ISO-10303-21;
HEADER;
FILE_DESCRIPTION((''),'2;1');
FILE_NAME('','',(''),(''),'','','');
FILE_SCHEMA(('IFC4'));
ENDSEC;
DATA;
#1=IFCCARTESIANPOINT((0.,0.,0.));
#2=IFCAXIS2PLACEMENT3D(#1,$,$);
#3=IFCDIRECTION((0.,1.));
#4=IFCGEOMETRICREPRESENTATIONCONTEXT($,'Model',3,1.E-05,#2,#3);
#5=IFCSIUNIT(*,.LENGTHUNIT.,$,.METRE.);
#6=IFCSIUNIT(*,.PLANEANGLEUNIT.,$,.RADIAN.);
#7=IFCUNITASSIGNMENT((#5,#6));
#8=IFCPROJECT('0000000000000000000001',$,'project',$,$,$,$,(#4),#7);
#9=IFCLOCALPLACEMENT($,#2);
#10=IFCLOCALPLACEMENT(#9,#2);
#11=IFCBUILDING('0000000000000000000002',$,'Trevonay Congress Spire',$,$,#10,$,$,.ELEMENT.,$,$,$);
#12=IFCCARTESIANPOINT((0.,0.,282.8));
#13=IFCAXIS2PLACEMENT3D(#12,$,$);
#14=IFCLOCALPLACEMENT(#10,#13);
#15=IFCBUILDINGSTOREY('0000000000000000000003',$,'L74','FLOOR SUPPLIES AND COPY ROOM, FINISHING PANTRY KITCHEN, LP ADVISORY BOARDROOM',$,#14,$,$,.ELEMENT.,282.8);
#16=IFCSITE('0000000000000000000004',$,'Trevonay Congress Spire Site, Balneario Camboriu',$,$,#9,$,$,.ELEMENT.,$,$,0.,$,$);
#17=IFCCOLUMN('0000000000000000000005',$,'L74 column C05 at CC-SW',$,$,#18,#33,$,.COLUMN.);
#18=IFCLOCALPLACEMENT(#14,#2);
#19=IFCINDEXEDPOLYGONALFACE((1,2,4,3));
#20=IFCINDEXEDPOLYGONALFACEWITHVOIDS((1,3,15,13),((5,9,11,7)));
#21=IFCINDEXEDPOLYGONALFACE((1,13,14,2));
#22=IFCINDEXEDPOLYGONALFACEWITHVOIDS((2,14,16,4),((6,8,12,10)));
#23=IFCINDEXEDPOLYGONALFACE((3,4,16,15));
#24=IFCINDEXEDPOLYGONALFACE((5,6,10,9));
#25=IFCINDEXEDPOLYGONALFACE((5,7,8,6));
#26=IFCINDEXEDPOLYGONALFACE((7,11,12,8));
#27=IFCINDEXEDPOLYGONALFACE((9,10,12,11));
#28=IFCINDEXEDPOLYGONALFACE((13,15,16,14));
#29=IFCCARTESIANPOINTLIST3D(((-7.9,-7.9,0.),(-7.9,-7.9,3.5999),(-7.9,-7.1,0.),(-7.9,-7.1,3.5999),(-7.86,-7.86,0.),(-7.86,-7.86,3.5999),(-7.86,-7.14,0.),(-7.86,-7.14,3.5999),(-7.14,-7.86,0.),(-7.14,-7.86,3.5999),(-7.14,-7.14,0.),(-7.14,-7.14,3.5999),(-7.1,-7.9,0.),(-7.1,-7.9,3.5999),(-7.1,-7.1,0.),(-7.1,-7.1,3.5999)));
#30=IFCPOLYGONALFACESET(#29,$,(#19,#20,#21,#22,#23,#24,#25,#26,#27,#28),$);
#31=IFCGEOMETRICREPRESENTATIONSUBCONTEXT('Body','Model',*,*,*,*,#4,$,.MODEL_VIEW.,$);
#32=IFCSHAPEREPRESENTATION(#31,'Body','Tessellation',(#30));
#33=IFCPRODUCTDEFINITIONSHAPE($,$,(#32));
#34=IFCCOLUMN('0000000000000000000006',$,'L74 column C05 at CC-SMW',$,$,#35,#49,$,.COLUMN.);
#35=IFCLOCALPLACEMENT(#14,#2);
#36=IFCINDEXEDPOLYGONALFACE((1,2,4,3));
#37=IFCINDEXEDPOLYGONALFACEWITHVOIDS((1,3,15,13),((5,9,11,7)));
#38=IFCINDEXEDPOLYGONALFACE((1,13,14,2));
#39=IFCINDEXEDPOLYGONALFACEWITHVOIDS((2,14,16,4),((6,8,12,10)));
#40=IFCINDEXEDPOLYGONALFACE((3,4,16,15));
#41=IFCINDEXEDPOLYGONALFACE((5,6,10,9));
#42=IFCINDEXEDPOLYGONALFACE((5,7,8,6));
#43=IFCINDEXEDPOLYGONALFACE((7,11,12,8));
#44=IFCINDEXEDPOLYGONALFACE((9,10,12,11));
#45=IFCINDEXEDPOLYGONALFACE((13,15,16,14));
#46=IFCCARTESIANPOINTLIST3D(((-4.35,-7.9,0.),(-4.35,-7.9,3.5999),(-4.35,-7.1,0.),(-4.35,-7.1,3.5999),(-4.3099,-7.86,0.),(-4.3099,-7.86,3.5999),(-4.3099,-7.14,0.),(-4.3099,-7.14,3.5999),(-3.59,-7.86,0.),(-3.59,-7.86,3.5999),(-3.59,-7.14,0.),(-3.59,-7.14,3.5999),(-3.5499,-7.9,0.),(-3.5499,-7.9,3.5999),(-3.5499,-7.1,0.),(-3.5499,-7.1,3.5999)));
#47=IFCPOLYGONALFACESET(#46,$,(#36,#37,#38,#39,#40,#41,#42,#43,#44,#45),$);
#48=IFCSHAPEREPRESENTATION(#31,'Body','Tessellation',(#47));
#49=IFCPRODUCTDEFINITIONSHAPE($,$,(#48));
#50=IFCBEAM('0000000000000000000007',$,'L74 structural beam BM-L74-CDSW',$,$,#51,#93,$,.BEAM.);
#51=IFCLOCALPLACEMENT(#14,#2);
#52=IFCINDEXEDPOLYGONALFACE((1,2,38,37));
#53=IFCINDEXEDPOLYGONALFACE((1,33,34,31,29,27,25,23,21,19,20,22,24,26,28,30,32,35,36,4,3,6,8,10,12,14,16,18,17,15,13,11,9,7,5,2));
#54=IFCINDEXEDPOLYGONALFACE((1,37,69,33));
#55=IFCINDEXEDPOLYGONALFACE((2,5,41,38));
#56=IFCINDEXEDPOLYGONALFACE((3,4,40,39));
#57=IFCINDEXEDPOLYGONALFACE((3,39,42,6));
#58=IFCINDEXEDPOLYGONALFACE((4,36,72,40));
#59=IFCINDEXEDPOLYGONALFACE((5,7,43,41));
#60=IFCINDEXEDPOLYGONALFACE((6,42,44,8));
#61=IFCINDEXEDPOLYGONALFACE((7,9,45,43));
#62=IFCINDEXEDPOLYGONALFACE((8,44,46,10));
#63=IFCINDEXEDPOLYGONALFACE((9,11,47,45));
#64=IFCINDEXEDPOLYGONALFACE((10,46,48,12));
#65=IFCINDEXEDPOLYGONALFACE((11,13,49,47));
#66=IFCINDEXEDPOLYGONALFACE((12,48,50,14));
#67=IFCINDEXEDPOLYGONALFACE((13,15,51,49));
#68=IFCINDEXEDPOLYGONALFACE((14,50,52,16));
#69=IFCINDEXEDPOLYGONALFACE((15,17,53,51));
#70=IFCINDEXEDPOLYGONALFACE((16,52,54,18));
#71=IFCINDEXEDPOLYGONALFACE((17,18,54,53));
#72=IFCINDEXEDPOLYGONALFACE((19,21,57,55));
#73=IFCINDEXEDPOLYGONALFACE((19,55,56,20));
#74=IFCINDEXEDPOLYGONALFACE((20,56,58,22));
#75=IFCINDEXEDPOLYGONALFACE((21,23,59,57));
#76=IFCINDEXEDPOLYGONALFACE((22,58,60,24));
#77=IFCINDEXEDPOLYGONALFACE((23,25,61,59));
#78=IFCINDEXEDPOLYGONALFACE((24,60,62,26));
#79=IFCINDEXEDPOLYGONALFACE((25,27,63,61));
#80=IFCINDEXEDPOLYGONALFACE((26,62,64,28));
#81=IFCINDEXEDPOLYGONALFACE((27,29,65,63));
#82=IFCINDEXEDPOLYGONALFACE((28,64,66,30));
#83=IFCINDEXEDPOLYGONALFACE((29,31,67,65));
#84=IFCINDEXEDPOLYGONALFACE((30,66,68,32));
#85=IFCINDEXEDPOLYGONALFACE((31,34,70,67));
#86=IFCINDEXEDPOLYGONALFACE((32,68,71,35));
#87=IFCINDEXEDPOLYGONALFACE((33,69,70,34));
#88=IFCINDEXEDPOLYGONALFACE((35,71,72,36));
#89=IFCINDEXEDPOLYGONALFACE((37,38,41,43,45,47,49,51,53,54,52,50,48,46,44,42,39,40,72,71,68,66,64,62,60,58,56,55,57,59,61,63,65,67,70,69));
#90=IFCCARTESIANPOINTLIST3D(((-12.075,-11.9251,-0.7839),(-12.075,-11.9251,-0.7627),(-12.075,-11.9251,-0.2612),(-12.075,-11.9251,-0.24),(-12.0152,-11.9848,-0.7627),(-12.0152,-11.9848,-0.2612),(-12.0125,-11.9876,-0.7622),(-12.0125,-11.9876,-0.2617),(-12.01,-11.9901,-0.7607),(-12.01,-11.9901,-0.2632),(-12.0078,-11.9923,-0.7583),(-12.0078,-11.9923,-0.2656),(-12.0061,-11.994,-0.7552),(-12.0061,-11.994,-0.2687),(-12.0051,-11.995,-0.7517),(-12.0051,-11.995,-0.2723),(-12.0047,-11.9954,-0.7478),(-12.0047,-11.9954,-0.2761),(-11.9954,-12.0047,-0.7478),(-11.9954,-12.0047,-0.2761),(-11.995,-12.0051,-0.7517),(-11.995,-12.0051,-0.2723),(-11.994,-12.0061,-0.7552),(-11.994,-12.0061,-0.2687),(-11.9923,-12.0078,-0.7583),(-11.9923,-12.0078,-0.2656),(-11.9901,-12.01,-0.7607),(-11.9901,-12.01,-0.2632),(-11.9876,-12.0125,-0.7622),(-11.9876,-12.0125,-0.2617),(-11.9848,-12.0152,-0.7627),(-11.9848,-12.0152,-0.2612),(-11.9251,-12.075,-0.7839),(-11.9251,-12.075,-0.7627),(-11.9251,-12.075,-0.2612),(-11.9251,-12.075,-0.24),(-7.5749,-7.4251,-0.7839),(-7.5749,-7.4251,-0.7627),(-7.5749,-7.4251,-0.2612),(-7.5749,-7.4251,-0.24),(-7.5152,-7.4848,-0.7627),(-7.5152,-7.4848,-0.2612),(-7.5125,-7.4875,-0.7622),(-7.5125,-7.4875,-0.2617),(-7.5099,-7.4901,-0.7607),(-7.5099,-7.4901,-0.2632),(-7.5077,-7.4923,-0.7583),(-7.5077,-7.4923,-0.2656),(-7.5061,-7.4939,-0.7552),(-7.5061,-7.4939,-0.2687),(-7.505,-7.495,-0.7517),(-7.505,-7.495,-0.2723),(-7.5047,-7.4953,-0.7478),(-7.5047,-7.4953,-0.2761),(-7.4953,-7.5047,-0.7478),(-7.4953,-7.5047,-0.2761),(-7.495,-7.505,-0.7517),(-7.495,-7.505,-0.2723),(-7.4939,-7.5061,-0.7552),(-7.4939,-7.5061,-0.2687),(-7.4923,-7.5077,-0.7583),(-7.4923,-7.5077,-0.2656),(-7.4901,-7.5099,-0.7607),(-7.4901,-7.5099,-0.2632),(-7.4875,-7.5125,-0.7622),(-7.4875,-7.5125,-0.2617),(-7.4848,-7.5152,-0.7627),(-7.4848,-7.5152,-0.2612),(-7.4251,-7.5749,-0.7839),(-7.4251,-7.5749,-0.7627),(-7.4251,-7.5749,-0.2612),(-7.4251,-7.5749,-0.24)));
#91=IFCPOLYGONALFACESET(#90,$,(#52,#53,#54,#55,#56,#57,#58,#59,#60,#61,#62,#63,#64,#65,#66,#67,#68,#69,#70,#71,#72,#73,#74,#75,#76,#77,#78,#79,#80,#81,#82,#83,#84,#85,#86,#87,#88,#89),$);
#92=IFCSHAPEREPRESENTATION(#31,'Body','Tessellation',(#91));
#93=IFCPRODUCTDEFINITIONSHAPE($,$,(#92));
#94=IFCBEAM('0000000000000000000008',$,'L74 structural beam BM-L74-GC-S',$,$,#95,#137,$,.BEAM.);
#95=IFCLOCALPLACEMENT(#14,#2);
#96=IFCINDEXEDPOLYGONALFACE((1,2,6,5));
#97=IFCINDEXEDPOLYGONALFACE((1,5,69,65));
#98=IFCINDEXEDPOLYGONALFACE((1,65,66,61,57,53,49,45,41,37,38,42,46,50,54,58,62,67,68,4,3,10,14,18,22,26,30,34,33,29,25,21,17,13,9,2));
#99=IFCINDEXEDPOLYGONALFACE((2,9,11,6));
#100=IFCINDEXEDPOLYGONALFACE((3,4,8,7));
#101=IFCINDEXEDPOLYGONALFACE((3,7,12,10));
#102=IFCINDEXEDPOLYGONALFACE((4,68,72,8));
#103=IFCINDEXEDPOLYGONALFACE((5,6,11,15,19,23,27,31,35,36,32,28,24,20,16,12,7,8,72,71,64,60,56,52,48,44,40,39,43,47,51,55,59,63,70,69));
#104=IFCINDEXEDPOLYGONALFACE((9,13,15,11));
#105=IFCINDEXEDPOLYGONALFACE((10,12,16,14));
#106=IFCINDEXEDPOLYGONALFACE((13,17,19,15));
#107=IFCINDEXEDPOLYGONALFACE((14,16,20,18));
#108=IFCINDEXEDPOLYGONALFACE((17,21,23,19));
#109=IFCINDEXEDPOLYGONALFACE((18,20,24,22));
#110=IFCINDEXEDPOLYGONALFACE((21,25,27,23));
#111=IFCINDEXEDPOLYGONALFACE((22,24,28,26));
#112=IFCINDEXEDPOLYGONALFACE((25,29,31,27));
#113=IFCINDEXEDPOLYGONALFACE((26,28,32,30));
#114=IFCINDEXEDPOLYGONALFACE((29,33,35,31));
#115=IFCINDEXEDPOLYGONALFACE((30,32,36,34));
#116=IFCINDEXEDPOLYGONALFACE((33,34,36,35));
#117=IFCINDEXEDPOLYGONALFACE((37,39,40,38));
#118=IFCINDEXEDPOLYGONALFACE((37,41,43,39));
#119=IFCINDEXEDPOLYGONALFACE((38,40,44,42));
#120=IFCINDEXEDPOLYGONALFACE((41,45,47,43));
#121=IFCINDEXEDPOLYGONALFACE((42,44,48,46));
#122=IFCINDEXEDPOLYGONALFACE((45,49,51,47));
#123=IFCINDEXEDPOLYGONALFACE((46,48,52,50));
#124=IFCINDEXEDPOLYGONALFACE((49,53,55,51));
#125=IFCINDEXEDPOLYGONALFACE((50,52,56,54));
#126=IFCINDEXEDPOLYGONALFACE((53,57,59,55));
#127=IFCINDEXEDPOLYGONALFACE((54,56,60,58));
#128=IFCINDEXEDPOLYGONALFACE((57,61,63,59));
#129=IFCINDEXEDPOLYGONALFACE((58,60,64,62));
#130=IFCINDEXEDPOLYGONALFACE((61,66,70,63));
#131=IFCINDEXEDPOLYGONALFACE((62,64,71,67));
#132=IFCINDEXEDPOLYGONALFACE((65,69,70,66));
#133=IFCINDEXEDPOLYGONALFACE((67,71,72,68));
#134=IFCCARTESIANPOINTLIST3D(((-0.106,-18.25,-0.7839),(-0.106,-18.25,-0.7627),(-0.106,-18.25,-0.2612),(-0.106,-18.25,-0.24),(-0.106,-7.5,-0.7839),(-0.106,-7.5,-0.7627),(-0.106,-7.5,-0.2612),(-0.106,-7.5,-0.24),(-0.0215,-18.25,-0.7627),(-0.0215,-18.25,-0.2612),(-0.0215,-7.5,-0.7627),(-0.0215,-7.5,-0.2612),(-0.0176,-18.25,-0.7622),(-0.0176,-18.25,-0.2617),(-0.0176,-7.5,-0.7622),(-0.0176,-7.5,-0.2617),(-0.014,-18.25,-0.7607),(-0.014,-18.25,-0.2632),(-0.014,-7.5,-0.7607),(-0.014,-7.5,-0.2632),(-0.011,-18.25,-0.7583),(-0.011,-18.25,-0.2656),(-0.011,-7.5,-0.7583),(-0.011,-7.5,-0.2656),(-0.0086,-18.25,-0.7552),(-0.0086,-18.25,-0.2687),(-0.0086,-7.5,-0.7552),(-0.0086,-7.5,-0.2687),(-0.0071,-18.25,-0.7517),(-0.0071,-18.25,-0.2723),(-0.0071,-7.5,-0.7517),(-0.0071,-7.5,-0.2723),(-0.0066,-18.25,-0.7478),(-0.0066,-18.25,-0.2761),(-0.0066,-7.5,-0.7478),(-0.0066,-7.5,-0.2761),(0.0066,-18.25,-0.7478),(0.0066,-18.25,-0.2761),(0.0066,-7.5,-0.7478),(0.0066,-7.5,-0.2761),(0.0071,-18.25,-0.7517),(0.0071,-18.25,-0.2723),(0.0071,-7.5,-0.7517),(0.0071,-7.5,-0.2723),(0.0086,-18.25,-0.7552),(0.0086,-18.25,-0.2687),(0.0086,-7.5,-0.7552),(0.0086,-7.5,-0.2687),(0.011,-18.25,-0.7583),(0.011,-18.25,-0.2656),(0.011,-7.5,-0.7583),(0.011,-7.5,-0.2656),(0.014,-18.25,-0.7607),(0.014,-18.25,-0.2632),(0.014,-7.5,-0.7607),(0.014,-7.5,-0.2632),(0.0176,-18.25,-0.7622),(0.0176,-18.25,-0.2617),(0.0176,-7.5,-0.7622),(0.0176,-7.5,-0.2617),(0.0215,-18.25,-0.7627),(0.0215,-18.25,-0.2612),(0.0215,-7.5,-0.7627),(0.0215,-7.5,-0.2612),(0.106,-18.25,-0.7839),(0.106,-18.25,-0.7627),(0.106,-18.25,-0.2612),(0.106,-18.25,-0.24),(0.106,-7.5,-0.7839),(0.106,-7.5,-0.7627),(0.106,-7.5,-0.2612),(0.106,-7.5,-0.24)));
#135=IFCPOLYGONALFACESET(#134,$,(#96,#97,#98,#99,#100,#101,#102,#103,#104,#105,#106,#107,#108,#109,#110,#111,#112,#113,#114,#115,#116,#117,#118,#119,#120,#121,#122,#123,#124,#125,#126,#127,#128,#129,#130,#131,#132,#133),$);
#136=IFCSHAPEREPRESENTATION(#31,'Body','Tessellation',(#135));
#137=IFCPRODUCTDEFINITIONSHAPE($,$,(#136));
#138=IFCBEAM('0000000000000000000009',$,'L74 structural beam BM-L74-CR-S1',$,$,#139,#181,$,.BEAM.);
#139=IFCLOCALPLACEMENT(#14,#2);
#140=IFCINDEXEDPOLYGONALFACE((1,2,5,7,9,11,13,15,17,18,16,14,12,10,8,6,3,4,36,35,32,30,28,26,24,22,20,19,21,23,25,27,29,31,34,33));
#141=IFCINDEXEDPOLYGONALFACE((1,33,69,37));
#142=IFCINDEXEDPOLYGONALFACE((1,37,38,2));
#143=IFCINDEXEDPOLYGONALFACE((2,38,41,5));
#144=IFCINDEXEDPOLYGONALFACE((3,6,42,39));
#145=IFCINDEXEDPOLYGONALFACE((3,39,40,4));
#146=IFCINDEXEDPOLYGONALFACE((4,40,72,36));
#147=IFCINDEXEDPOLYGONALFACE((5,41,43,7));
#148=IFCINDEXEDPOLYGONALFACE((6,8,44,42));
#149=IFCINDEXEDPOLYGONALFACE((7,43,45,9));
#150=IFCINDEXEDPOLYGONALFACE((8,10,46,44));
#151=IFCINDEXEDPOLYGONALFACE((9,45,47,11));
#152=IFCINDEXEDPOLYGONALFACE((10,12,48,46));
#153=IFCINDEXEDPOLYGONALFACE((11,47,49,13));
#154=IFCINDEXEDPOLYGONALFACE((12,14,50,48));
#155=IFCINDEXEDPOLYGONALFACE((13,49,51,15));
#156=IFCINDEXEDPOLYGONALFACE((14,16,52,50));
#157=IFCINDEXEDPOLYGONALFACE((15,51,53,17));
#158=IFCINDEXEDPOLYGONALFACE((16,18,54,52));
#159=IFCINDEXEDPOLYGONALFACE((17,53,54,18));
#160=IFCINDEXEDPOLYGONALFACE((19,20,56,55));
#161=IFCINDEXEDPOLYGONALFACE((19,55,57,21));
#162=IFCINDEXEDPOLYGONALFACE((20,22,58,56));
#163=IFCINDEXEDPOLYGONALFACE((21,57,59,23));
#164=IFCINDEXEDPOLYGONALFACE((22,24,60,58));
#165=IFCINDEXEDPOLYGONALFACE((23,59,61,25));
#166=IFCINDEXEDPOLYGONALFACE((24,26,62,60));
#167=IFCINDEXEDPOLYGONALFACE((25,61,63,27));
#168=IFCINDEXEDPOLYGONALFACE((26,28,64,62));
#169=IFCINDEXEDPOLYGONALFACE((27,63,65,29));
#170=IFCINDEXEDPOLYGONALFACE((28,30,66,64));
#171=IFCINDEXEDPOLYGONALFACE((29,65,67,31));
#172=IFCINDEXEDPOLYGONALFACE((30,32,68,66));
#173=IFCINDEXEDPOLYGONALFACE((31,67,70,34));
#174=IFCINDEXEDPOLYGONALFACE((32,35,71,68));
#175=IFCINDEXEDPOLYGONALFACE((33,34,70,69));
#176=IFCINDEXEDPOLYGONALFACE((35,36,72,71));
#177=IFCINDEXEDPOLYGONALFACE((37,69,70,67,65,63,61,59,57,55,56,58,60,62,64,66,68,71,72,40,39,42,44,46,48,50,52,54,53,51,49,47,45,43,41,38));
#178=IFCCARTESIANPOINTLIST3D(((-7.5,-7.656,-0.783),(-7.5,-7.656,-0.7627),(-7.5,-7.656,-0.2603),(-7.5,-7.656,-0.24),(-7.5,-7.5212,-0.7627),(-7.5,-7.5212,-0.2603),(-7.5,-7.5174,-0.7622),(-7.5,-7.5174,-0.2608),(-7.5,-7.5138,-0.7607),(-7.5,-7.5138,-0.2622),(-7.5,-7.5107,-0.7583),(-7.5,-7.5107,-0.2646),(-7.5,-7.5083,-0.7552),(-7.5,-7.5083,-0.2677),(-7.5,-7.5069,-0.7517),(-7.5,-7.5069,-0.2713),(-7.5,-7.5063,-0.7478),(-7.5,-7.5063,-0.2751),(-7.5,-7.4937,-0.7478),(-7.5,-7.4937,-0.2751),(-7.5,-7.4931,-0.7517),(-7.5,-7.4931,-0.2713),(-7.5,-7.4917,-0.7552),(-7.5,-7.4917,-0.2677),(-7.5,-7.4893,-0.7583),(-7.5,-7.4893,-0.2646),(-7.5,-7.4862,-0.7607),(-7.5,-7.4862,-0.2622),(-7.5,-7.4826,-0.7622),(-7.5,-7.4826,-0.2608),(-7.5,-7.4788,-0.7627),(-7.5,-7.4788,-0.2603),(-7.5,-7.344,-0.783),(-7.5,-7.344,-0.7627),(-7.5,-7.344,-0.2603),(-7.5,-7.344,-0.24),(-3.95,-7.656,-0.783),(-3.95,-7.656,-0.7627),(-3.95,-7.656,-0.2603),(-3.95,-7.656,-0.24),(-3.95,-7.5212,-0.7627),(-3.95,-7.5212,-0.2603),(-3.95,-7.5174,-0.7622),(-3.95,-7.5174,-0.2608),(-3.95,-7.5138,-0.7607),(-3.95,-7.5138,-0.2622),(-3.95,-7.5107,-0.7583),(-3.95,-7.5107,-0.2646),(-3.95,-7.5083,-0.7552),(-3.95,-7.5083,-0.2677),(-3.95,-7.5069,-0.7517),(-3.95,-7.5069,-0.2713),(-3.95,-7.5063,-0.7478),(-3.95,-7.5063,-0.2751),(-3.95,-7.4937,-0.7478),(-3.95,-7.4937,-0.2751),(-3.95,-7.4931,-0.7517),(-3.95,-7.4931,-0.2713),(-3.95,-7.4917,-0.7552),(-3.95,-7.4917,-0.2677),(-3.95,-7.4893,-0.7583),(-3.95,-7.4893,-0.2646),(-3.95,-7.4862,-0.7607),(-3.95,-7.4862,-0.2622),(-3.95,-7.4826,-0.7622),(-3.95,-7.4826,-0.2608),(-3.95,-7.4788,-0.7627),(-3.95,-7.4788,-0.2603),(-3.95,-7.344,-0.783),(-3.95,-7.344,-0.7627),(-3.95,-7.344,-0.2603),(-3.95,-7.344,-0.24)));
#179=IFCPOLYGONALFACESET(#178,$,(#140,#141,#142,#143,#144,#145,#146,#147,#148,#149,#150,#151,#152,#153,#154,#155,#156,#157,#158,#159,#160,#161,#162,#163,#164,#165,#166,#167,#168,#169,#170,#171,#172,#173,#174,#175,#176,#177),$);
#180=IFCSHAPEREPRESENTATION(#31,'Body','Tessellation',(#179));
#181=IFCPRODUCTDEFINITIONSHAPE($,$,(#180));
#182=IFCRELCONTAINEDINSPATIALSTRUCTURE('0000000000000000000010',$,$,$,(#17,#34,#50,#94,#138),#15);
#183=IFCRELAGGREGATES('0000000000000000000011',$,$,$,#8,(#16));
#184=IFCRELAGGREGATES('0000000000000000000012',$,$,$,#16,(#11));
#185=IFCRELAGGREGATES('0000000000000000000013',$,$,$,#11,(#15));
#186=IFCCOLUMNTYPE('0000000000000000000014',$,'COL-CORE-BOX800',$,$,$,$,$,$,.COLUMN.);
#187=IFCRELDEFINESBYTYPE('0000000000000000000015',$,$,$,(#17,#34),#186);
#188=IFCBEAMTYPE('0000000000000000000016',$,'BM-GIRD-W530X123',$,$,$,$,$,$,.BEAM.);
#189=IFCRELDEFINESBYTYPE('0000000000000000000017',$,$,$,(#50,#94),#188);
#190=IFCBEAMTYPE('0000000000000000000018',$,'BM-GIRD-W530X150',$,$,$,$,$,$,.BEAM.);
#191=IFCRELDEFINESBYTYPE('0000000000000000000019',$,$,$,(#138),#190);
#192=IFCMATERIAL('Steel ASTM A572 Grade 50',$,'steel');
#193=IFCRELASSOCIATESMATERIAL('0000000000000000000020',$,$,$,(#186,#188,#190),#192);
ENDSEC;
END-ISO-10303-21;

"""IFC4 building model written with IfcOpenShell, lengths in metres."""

from ifc_helpers import new_model, si_unit, direction, frame, origin, origin_2d, place, context, subcontext, project, spatial, hollow_rectangle, i_section, extrude, material, material_profile, profile_set, type_object, element, save


model = new_model("IFC4")

# Units and contexts
model_context = context("Model", 3, precision=1e-05, world=origin(), true_north=direction((0.0, 1.0)))
body_context = subcontext(model_context, "Body", "Model", "MODEL_VIEW")
ifc_project = project(units=[si_unit("LENGTHUNIT", "METRE"), si_unit("PLANEANGLEUNIT", "RADIAN")], contexts=[model_context])

# Site, building, storey
site_placement = place(None, origin())
site = spatial("IfcSite", under=ifc_project, at=site_placement, Name="Trevonay Congress Spire Site, Balneario Camboriu", CompositionType="ELEMENT", RefElevation=0.0)
building_placement = place(site_placement, origin())
building = spatial("IfcBuilding", under=site, at=building_placement, Name="Trevonay Congress Spire", CompositionType="ELEMENT")
storey_placement = place(building_placement, frame((0.0, 0.0, 282.8)))
storey = spatial("IfcBuildingStorey", under=building, at=storey_placement, Name="L74", Description="FLOOR SUPPLIES AND COPY ROOM, FINISHING PANTRY KITCHEN, LP ADVISORY BOARDROOM", CompositionType="ELEMENT", Elevation=282.8)

# Columns
ifc_material_1 = material(Name="Steel ASTM A572 Grade 50", Category="steel")
ifc_material_profile_1 = material_profile(ifc_material_1, hollow_rectangle(XDim=0.8, YDim=0.8, WallThickness=0.04, at=origin_2d()), Name="BOX 800x800x40")
ifc_profile_set_1 = profile_set([ifc_material_profile_1], Name="Steel ASTM A572 Grade 50")
column_type = type_object("IfcColumnType", Name="COL-CORE-BOX800", PredefinedType="COLUMN", material=ifc_profile_set_1)
for number, where, z_axis, x_axis, name in (
    (1, (-7.5, -7.5, 0.0), (0.0, 0.0, 1.0), (1.0, 0.0, 0.0), "L74 column C05 at CC-SW"),
    (2, (-3.95, -7.5, 0.0), (0.0, 0.0, 1.0), (1.0, 0.0, 0.0), "L74 column C05 at CC-SMW"),
):
    element("IfcColumn", number, at=place(storey_placement, frame(where, z_axis=z_axis, x_axis=x_axis)), inside=storey, type_object=column_type, Name=name, PredefinedType="COLUMN", context=body_context, shape_type="SweptSolid", body=[
        extrude(hollow_rectangle(XDim=0.8, YDim=0.8, WallThickness=0.04, at=origin_2d()), origin(), (0.0, 0.0, 1.0), 3.5999),
    ])

# Beams
ifc_material_profile_2 = material_profile(ifc_material_1, i_section(OverallWidth=0.2119, OverallDepth=0.5439, WebThickness=0.0132, FlangeThickness=0.0212, FilletRadius=0.0149, at=origin_2d()), Name="W530x123")
ifc_profile_set_2 = profile_set([ifc_material_profile_2], Name="Steel ASTM A572 Grade 50")
beam_type_1 = type_object("IfcBeamType", Name="BM-GIRD-W530X123", PredefinedType="BEAM", material=ifc_profile_set_2)
beam_1_placement = place(storey_placement, frame((-7.5, -7.5, -0.512), z_axis=(-0.707107, -0.707107, 0.0), x_axis=(0.707107, -0.707107, 0.0)))
element("IfcBeam", 3, at=beam_1_placement, inside=storey, type_object=beam_type_1, Name="L74 structural beam BM-L74-CDSW", PredefinedType="BEAM", context=body_context, shape_type="SweptSolid", body=[
    extrude(i_section(OverallWidth=0.2119, OverallDepth=0.5439, WebThickness=0.0132, FlangeThickness=0.0212, FilletRadius=0.0149, at=origin_2d()), origin(), (0.0, 0.0, 1.0), 6.364),
])
beam_2_placement = place(storey_placement, frame((0.0, -7.5, -0.512), z_axis=(0.0, -1.0, 0.0), x_axis=(1.0, 0.0, 0.0)))
element("IfcBeam", 4, at=beam_2_placement, inside=storey, type_object=beam_type_1, Name="L74 structural beam BM-L74-GC-S", PredefinedType="BEAM", context=body_context, shape_type="SweptSolid", body=[
    extrude(i_section(OverallWidth=0.2119, OverallDepth=0.5439, WebThickness=0.0132, FlangeThickness=0.0212, FilletRadius=0.0149, at=origin_2d()), origin(), (0.0, 0.0, 1.0), 10.75),
])
ifc_material_profile_3 = material_profile(ifc_material_1, i_section(OverallWidth=0.312, OverallDepth=0.543, WebThickness=0.0127, FlangeThickness=0.0203, FilletRadius=0.0149, at=origin_2d()), Name="W530x150")
ifc_profile_set_3 = profile_set([ifc_material_profile_3], Name="Steel ASTM A572 Grade 50")
beam_type_2 = type_object("IfcBeamType", Name="BM-GIRD-W530X150", PredefinedType="BEAM", material=ifc_profile_set_3)
beam_3_placement = place(storey_placement, frame((-7.5, -7.5, -0.5115), z_axis=(1.0, 0.0, 0.0), x_axis=(0.0, 1.0, 0.0)))
element("IfcBeam", 5, at=beam_3_placement, inside=storey, type_object=beam_type_2, Name="L74 structural beam BM-L74-CR-S1", PredefinedType="BEAM", context=body_context, shape_type="SweptSolid", body=[
    extrude(i_section(OverallWidth=0.312, OverallDepth=0.543, WebThickness=0.0127, FlangeThickness=0.0203, FilletRadius=0.0149, at=origin_2d()), origin(), (0.0, 0.0, 1.0), 3.55),
])

save(model, "model.ifc")
